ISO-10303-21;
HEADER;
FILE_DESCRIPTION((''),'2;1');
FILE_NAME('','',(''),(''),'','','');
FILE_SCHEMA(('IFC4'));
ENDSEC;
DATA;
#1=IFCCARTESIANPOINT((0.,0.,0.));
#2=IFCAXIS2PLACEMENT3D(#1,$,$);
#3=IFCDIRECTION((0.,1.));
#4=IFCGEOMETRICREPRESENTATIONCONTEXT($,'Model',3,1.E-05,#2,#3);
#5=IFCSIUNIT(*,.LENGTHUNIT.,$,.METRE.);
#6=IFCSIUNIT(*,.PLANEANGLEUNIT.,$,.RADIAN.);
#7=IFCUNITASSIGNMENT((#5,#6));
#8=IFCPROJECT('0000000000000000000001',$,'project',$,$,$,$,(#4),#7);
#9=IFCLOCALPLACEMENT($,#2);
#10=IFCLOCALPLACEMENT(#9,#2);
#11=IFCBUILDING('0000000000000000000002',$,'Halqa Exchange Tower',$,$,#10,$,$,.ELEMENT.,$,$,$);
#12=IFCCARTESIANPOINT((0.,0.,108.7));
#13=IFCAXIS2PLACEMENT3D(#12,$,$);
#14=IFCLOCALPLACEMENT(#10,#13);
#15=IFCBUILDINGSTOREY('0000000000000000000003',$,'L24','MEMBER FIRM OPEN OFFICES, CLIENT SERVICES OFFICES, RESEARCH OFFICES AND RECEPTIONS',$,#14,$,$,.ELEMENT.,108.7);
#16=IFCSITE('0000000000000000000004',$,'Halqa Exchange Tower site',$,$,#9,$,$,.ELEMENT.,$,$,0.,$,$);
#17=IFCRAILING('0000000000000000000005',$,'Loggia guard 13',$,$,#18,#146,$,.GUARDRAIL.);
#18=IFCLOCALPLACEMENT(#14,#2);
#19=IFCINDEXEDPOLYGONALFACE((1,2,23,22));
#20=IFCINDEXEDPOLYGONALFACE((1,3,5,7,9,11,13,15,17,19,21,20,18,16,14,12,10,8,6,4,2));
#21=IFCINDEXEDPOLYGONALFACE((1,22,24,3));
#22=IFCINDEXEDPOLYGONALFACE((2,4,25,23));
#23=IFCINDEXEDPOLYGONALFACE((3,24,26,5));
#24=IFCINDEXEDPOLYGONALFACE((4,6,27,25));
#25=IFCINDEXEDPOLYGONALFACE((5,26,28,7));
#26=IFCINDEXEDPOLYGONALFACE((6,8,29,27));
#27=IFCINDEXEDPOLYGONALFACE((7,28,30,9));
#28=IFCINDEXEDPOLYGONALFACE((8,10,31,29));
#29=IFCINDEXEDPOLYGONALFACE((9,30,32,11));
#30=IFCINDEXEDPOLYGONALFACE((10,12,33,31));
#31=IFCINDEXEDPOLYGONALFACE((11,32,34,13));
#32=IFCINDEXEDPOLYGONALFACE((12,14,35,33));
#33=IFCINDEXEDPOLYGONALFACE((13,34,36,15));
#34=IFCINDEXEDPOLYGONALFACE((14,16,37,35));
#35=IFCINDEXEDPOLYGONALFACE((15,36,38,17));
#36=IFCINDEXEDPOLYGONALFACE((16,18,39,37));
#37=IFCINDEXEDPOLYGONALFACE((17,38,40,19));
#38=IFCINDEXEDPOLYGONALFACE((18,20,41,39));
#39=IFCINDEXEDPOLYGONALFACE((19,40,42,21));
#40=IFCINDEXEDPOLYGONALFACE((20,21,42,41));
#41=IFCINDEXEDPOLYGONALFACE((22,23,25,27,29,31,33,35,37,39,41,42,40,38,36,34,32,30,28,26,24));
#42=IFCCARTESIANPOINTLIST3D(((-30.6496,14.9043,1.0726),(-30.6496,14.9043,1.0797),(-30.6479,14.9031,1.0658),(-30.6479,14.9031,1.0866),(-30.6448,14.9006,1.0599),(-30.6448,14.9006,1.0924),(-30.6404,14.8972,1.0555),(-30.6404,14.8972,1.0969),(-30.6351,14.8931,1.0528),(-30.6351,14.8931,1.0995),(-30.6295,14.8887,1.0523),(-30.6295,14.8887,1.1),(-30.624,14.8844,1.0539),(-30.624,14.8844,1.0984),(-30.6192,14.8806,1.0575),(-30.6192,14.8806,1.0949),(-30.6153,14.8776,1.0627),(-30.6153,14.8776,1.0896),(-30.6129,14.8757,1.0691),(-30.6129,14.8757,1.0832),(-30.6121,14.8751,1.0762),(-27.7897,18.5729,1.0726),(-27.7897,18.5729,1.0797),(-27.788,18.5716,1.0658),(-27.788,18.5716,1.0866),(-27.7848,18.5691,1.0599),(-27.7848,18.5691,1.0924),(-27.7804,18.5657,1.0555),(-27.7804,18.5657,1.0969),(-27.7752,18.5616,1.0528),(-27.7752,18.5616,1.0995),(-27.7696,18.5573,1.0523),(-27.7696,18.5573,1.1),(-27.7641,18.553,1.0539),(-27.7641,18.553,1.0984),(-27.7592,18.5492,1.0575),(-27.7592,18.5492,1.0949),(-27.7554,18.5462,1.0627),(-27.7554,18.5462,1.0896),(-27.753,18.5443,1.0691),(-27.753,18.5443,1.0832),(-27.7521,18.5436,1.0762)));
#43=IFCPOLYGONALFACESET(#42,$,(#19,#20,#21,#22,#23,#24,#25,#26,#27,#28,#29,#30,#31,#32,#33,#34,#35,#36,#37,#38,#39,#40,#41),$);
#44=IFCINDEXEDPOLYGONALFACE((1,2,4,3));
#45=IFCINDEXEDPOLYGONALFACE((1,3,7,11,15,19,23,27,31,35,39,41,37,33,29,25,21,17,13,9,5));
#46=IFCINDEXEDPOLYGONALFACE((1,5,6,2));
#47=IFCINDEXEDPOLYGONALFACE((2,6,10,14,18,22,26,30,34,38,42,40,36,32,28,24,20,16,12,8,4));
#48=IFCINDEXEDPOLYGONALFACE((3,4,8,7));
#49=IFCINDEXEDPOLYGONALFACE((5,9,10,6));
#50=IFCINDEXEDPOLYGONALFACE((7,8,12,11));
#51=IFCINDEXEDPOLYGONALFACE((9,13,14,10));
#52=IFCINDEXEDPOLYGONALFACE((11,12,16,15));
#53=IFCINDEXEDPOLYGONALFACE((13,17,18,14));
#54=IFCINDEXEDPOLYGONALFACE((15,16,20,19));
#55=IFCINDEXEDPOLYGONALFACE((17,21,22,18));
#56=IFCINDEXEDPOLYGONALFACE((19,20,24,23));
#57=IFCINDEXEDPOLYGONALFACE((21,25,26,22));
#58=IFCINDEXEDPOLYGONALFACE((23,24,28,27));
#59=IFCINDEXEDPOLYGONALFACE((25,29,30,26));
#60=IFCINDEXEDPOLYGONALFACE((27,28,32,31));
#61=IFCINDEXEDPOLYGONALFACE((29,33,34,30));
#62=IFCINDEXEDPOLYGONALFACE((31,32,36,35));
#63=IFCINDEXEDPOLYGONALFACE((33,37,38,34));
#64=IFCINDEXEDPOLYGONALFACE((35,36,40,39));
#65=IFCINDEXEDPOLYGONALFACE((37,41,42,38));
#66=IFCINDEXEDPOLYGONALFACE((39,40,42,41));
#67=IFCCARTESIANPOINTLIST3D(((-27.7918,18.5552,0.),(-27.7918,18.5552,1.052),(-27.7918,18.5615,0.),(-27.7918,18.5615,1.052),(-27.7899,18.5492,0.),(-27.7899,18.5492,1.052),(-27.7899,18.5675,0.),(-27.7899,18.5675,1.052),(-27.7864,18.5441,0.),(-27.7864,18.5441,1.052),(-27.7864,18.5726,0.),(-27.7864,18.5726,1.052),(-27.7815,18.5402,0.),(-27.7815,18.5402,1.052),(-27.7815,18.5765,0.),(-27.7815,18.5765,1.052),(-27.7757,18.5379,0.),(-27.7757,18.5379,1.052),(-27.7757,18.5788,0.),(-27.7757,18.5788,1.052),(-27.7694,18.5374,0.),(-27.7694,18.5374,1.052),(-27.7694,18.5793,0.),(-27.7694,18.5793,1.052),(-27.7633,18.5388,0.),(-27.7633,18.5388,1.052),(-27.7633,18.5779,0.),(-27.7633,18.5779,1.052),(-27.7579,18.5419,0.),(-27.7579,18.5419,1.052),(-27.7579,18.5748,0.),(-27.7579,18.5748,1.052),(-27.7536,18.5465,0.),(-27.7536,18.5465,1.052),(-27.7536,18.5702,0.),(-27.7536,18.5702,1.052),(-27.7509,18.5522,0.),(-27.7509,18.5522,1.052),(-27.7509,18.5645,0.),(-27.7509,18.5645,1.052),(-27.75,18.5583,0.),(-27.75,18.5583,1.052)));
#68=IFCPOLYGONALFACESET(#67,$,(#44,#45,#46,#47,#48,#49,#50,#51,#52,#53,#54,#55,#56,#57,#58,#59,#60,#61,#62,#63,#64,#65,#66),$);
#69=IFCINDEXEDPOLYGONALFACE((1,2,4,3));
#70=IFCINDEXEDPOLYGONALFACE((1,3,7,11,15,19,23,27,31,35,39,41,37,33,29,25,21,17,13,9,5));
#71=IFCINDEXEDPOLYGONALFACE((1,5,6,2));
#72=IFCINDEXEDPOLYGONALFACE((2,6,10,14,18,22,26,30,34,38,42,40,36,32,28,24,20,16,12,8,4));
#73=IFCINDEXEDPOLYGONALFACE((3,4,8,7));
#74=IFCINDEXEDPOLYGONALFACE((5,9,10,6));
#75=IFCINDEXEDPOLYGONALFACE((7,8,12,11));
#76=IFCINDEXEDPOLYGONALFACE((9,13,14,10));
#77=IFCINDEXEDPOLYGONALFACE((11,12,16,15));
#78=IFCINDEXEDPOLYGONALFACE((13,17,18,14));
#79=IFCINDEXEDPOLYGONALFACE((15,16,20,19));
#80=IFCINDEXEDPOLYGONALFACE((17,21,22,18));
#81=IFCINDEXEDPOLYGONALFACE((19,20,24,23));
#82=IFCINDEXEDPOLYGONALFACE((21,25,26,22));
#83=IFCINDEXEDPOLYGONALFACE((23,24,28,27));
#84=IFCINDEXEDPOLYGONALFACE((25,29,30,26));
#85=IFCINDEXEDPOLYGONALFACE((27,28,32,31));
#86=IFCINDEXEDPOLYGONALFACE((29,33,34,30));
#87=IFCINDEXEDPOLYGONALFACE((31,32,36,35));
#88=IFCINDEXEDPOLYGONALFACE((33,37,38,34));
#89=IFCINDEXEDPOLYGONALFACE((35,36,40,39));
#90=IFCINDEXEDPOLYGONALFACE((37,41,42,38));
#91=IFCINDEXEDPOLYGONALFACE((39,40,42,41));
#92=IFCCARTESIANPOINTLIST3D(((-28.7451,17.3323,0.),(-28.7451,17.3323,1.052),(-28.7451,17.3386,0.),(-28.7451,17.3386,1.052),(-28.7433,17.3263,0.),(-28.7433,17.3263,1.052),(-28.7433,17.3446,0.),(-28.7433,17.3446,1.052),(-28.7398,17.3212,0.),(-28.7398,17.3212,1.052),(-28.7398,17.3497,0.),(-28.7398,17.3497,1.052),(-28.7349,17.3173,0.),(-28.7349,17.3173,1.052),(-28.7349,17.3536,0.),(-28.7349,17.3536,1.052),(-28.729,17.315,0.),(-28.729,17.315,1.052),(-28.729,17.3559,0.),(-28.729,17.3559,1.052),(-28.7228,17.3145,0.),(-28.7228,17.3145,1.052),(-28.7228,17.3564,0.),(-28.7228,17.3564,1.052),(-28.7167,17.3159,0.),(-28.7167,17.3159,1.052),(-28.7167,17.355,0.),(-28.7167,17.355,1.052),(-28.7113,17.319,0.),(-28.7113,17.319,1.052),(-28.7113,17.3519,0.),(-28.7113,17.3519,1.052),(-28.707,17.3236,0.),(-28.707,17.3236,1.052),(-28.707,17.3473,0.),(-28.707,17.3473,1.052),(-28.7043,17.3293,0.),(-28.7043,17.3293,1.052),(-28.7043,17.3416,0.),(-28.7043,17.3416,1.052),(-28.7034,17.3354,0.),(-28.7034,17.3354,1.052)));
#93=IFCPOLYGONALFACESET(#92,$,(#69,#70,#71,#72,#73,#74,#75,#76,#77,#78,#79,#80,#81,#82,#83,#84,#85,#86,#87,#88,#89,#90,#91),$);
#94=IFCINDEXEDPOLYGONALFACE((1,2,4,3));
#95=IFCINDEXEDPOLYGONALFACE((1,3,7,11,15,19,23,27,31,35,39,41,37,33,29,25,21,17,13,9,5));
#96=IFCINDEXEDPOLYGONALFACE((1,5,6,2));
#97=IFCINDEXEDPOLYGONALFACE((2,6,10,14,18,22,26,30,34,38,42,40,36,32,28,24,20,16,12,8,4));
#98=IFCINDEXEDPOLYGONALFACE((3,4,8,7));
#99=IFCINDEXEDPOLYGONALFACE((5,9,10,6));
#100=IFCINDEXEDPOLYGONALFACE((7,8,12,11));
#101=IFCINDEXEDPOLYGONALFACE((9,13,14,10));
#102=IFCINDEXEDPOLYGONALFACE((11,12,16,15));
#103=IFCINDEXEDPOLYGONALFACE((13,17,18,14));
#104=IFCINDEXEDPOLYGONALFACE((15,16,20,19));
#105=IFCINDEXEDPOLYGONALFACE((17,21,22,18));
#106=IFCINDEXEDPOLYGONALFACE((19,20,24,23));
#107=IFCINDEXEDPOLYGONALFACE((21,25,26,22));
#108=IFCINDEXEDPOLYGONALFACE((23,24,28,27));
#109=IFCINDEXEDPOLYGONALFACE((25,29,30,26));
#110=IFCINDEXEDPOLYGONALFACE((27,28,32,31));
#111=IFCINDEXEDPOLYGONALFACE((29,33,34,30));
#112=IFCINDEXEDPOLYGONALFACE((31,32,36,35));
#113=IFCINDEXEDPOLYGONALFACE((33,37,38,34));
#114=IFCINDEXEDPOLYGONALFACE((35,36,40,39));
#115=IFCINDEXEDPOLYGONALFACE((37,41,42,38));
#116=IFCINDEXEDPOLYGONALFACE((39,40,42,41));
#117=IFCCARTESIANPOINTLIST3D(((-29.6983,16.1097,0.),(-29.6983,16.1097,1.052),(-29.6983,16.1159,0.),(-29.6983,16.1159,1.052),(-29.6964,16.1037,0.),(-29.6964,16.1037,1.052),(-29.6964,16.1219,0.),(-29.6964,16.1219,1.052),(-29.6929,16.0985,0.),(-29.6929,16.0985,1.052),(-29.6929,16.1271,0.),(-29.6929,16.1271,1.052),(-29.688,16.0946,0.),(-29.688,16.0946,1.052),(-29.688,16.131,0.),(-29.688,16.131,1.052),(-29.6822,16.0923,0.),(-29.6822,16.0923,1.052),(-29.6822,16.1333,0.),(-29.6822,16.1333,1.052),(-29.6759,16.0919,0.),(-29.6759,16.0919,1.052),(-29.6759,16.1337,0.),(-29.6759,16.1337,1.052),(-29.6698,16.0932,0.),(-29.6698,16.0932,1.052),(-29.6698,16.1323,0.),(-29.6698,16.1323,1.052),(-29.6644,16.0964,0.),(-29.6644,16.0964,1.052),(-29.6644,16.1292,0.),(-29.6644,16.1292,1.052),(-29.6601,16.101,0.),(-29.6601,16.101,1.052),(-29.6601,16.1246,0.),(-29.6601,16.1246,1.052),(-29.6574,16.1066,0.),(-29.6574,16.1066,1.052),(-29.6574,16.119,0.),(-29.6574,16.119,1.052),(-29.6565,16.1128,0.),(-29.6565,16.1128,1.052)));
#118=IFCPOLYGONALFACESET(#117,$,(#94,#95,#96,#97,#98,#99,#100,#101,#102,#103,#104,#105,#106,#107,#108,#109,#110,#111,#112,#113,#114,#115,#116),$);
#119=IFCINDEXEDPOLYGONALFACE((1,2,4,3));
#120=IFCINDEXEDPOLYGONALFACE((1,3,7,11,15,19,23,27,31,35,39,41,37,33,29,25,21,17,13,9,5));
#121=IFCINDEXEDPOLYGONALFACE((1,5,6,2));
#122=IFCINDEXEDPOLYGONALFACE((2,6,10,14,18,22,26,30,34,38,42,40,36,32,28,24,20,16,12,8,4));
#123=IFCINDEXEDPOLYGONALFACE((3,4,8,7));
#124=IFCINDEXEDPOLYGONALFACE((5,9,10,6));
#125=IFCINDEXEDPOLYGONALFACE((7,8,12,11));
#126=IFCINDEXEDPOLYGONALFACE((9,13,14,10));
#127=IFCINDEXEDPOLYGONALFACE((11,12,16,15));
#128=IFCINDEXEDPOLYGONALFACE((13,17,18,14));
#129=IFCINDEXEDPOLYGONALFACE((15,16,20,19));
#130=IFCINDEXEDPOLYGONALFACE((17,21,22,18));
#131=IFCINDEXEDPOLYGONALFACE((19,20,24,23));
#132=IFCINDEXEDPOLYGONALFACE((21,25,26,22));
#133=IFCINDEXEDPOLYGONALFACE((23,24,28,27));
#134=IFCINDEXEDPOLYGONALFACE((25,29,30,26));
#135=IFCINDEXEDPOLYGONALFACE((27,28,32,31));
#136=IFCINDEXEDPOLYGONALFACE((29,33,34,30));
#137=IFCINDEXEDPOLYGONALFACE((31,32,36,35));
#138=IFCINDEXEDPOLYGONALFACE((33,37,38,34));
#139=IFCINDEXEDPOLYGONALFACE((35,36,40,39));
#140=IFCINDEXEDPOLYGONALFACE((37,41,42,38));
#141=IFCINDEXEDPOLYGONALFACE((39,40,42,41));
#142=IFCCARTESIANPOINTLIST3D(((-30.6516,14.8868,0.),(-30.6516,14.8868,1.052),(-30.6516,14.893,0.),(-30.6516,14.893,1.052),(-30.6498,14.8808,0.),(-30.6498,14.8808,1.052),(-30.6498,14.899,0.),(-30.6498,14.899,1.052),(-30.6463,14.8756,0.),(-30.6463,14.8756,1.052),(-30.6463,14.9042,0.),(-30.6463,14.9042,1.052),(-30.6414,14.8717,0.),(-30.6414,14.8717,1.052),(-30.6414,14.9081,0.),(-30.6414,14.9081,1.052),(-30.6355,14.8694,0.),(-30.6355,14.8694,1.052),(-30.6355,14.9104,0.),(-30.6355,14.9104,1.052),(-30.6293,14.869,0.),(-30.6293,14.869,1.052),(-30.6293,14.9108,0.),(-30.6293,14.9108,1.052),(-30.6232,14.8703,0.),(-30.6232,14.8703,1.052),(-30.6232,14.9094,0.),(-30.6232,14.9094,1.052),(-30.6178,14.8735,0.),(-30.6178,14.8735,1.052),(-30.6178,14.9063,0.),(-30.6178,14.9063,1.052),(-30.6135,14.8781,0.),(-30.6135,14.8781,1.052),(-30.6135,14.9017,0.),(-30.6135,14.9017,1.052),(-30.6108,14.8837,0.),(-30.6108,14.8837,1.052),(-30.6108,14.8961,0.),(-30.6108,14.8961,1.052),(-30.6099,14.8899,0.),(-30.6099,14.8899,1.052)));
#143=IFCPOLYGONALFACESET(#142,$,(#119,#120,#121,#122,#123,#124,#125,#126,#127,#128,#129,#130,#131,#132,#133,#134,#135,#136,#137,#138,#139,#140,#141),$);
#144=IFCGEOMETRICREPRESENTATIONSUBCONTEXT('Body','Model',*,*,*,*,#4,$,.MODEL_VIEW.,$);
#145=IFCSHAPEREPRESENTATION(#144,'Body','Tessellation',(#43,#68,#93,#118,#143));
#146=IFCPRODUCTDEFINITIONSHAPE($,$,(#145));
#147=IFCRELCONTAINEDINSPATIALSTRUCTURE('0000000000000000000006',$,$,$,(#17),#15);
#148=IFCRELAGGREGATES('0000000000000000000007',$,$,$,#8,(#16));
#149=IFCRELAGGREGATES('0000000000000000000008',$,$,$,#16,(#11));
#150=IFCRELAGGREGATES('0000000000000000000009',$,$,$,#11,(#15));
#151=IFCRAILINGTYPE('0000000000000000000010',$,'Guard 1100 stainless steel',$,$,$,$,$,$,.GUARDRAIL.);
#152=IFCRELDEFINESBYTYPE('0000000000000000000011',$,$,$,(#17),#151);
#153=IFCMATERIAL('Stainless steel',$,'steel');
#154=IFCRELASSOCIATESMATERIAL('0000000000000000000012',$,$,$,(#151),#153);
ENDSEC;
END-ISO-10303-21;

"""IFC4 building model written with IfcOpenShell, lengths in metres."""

from ifc_helpers import new_model, si_unit, direction, frame, origin, origin_2d, place, context, subcontext, project, spatial, circle, extrude, material, type_object, element, save


model = new_model("IFC4")

# Units and contexts
model_context = context("Model", 3, precision=1e-05, world=origin(), true_north=direction((0.0, 1.0)))
body_context = subcontext(model_context, "Body", "Model", "MODEL_VIEW")
ifc_project = project(units=[si_unit("LENGTHUNIT", "METRE"), si_unit("PLANEANGLEUNIT", "RADIAN")], contexts=[model_context])

# Site, building, storey
site_placement = place(None, origin())
site = spatial("IfcSite", under=ifc_project, at=site_placement, Name="Halqa Exchange Tower site", CompositionType="ELEMENT", RefElevation=0.0)
building_placement = place(site_placement, origin())
building = spatial("IfcBuilding", under=site, at=building_placement, Name="Halqa Exchange Tower", CompositionType="ELEMENT")
storey_placement = place(building_placement, frame((0.0, 0.0, 108.7)))
storey = spatial("IfcBuildingStorey", under=building, at=storey_placement, Name="L24", Description="MEMBER FIRM OPEN OFFICES, CLIENT SERVICES OFFICES, RESEARCH OFFICES AND RECEPTIONS", CompositionType="ELEMENT", Elevation=108.7)

# Railing
ifc_material_1 = material(Name="Stainless steel", Category="steel")
railing_type = type_object("IfcRailingType", Name="Guard 1100 stainless steel", PredefinedType="GUARDRAIL", material=ifc_material_1)
railing_1_placement = place(storey_placement, frame((-27.771, 18.5583, 0.0)))
element("IfcRailing", 1, at=railing_1_placement, inside=storey, type_object=railing_type, Name="Loggia guard 13", PredefinedType="GUARDRAIL", context=body_context, shape_type="SweptSolid", body=[
    extrude(circle(Radius=0.0239, at=origin_2d()), frame((0.0, 0.0, 1.0762), z_axis=(-0.614827, -0.788662, 0.0), x_axis=(0.788662, -0.614827, 0.0)), (0.0, 0.0, 1.0), 4.6516),
    extrude(circle(Radius=0.021, at=origin_2d()), origin(), (0.0, 0.0, 1.0), 1.052),
    extrude(circle(Radius=0.021, at=origin_2d()), frame((-0.9534, -1.2229, 0.0)), (0.0, 0.0, 1.0), 1.052),
    extrude(circle(Radius=0.021, at=origin_2d()), frame((-1.9065, -2.4456, 0.0)), (0.0, 0.0, 1.0), 1.052),
    extrude(circle(Radius=0.021, at=origin_2d()), frame((-2.8599, -3.6685, 0.0)), (0.0, 0.0, 1.0), 1.052),
])

save(model, "model.ifc")
